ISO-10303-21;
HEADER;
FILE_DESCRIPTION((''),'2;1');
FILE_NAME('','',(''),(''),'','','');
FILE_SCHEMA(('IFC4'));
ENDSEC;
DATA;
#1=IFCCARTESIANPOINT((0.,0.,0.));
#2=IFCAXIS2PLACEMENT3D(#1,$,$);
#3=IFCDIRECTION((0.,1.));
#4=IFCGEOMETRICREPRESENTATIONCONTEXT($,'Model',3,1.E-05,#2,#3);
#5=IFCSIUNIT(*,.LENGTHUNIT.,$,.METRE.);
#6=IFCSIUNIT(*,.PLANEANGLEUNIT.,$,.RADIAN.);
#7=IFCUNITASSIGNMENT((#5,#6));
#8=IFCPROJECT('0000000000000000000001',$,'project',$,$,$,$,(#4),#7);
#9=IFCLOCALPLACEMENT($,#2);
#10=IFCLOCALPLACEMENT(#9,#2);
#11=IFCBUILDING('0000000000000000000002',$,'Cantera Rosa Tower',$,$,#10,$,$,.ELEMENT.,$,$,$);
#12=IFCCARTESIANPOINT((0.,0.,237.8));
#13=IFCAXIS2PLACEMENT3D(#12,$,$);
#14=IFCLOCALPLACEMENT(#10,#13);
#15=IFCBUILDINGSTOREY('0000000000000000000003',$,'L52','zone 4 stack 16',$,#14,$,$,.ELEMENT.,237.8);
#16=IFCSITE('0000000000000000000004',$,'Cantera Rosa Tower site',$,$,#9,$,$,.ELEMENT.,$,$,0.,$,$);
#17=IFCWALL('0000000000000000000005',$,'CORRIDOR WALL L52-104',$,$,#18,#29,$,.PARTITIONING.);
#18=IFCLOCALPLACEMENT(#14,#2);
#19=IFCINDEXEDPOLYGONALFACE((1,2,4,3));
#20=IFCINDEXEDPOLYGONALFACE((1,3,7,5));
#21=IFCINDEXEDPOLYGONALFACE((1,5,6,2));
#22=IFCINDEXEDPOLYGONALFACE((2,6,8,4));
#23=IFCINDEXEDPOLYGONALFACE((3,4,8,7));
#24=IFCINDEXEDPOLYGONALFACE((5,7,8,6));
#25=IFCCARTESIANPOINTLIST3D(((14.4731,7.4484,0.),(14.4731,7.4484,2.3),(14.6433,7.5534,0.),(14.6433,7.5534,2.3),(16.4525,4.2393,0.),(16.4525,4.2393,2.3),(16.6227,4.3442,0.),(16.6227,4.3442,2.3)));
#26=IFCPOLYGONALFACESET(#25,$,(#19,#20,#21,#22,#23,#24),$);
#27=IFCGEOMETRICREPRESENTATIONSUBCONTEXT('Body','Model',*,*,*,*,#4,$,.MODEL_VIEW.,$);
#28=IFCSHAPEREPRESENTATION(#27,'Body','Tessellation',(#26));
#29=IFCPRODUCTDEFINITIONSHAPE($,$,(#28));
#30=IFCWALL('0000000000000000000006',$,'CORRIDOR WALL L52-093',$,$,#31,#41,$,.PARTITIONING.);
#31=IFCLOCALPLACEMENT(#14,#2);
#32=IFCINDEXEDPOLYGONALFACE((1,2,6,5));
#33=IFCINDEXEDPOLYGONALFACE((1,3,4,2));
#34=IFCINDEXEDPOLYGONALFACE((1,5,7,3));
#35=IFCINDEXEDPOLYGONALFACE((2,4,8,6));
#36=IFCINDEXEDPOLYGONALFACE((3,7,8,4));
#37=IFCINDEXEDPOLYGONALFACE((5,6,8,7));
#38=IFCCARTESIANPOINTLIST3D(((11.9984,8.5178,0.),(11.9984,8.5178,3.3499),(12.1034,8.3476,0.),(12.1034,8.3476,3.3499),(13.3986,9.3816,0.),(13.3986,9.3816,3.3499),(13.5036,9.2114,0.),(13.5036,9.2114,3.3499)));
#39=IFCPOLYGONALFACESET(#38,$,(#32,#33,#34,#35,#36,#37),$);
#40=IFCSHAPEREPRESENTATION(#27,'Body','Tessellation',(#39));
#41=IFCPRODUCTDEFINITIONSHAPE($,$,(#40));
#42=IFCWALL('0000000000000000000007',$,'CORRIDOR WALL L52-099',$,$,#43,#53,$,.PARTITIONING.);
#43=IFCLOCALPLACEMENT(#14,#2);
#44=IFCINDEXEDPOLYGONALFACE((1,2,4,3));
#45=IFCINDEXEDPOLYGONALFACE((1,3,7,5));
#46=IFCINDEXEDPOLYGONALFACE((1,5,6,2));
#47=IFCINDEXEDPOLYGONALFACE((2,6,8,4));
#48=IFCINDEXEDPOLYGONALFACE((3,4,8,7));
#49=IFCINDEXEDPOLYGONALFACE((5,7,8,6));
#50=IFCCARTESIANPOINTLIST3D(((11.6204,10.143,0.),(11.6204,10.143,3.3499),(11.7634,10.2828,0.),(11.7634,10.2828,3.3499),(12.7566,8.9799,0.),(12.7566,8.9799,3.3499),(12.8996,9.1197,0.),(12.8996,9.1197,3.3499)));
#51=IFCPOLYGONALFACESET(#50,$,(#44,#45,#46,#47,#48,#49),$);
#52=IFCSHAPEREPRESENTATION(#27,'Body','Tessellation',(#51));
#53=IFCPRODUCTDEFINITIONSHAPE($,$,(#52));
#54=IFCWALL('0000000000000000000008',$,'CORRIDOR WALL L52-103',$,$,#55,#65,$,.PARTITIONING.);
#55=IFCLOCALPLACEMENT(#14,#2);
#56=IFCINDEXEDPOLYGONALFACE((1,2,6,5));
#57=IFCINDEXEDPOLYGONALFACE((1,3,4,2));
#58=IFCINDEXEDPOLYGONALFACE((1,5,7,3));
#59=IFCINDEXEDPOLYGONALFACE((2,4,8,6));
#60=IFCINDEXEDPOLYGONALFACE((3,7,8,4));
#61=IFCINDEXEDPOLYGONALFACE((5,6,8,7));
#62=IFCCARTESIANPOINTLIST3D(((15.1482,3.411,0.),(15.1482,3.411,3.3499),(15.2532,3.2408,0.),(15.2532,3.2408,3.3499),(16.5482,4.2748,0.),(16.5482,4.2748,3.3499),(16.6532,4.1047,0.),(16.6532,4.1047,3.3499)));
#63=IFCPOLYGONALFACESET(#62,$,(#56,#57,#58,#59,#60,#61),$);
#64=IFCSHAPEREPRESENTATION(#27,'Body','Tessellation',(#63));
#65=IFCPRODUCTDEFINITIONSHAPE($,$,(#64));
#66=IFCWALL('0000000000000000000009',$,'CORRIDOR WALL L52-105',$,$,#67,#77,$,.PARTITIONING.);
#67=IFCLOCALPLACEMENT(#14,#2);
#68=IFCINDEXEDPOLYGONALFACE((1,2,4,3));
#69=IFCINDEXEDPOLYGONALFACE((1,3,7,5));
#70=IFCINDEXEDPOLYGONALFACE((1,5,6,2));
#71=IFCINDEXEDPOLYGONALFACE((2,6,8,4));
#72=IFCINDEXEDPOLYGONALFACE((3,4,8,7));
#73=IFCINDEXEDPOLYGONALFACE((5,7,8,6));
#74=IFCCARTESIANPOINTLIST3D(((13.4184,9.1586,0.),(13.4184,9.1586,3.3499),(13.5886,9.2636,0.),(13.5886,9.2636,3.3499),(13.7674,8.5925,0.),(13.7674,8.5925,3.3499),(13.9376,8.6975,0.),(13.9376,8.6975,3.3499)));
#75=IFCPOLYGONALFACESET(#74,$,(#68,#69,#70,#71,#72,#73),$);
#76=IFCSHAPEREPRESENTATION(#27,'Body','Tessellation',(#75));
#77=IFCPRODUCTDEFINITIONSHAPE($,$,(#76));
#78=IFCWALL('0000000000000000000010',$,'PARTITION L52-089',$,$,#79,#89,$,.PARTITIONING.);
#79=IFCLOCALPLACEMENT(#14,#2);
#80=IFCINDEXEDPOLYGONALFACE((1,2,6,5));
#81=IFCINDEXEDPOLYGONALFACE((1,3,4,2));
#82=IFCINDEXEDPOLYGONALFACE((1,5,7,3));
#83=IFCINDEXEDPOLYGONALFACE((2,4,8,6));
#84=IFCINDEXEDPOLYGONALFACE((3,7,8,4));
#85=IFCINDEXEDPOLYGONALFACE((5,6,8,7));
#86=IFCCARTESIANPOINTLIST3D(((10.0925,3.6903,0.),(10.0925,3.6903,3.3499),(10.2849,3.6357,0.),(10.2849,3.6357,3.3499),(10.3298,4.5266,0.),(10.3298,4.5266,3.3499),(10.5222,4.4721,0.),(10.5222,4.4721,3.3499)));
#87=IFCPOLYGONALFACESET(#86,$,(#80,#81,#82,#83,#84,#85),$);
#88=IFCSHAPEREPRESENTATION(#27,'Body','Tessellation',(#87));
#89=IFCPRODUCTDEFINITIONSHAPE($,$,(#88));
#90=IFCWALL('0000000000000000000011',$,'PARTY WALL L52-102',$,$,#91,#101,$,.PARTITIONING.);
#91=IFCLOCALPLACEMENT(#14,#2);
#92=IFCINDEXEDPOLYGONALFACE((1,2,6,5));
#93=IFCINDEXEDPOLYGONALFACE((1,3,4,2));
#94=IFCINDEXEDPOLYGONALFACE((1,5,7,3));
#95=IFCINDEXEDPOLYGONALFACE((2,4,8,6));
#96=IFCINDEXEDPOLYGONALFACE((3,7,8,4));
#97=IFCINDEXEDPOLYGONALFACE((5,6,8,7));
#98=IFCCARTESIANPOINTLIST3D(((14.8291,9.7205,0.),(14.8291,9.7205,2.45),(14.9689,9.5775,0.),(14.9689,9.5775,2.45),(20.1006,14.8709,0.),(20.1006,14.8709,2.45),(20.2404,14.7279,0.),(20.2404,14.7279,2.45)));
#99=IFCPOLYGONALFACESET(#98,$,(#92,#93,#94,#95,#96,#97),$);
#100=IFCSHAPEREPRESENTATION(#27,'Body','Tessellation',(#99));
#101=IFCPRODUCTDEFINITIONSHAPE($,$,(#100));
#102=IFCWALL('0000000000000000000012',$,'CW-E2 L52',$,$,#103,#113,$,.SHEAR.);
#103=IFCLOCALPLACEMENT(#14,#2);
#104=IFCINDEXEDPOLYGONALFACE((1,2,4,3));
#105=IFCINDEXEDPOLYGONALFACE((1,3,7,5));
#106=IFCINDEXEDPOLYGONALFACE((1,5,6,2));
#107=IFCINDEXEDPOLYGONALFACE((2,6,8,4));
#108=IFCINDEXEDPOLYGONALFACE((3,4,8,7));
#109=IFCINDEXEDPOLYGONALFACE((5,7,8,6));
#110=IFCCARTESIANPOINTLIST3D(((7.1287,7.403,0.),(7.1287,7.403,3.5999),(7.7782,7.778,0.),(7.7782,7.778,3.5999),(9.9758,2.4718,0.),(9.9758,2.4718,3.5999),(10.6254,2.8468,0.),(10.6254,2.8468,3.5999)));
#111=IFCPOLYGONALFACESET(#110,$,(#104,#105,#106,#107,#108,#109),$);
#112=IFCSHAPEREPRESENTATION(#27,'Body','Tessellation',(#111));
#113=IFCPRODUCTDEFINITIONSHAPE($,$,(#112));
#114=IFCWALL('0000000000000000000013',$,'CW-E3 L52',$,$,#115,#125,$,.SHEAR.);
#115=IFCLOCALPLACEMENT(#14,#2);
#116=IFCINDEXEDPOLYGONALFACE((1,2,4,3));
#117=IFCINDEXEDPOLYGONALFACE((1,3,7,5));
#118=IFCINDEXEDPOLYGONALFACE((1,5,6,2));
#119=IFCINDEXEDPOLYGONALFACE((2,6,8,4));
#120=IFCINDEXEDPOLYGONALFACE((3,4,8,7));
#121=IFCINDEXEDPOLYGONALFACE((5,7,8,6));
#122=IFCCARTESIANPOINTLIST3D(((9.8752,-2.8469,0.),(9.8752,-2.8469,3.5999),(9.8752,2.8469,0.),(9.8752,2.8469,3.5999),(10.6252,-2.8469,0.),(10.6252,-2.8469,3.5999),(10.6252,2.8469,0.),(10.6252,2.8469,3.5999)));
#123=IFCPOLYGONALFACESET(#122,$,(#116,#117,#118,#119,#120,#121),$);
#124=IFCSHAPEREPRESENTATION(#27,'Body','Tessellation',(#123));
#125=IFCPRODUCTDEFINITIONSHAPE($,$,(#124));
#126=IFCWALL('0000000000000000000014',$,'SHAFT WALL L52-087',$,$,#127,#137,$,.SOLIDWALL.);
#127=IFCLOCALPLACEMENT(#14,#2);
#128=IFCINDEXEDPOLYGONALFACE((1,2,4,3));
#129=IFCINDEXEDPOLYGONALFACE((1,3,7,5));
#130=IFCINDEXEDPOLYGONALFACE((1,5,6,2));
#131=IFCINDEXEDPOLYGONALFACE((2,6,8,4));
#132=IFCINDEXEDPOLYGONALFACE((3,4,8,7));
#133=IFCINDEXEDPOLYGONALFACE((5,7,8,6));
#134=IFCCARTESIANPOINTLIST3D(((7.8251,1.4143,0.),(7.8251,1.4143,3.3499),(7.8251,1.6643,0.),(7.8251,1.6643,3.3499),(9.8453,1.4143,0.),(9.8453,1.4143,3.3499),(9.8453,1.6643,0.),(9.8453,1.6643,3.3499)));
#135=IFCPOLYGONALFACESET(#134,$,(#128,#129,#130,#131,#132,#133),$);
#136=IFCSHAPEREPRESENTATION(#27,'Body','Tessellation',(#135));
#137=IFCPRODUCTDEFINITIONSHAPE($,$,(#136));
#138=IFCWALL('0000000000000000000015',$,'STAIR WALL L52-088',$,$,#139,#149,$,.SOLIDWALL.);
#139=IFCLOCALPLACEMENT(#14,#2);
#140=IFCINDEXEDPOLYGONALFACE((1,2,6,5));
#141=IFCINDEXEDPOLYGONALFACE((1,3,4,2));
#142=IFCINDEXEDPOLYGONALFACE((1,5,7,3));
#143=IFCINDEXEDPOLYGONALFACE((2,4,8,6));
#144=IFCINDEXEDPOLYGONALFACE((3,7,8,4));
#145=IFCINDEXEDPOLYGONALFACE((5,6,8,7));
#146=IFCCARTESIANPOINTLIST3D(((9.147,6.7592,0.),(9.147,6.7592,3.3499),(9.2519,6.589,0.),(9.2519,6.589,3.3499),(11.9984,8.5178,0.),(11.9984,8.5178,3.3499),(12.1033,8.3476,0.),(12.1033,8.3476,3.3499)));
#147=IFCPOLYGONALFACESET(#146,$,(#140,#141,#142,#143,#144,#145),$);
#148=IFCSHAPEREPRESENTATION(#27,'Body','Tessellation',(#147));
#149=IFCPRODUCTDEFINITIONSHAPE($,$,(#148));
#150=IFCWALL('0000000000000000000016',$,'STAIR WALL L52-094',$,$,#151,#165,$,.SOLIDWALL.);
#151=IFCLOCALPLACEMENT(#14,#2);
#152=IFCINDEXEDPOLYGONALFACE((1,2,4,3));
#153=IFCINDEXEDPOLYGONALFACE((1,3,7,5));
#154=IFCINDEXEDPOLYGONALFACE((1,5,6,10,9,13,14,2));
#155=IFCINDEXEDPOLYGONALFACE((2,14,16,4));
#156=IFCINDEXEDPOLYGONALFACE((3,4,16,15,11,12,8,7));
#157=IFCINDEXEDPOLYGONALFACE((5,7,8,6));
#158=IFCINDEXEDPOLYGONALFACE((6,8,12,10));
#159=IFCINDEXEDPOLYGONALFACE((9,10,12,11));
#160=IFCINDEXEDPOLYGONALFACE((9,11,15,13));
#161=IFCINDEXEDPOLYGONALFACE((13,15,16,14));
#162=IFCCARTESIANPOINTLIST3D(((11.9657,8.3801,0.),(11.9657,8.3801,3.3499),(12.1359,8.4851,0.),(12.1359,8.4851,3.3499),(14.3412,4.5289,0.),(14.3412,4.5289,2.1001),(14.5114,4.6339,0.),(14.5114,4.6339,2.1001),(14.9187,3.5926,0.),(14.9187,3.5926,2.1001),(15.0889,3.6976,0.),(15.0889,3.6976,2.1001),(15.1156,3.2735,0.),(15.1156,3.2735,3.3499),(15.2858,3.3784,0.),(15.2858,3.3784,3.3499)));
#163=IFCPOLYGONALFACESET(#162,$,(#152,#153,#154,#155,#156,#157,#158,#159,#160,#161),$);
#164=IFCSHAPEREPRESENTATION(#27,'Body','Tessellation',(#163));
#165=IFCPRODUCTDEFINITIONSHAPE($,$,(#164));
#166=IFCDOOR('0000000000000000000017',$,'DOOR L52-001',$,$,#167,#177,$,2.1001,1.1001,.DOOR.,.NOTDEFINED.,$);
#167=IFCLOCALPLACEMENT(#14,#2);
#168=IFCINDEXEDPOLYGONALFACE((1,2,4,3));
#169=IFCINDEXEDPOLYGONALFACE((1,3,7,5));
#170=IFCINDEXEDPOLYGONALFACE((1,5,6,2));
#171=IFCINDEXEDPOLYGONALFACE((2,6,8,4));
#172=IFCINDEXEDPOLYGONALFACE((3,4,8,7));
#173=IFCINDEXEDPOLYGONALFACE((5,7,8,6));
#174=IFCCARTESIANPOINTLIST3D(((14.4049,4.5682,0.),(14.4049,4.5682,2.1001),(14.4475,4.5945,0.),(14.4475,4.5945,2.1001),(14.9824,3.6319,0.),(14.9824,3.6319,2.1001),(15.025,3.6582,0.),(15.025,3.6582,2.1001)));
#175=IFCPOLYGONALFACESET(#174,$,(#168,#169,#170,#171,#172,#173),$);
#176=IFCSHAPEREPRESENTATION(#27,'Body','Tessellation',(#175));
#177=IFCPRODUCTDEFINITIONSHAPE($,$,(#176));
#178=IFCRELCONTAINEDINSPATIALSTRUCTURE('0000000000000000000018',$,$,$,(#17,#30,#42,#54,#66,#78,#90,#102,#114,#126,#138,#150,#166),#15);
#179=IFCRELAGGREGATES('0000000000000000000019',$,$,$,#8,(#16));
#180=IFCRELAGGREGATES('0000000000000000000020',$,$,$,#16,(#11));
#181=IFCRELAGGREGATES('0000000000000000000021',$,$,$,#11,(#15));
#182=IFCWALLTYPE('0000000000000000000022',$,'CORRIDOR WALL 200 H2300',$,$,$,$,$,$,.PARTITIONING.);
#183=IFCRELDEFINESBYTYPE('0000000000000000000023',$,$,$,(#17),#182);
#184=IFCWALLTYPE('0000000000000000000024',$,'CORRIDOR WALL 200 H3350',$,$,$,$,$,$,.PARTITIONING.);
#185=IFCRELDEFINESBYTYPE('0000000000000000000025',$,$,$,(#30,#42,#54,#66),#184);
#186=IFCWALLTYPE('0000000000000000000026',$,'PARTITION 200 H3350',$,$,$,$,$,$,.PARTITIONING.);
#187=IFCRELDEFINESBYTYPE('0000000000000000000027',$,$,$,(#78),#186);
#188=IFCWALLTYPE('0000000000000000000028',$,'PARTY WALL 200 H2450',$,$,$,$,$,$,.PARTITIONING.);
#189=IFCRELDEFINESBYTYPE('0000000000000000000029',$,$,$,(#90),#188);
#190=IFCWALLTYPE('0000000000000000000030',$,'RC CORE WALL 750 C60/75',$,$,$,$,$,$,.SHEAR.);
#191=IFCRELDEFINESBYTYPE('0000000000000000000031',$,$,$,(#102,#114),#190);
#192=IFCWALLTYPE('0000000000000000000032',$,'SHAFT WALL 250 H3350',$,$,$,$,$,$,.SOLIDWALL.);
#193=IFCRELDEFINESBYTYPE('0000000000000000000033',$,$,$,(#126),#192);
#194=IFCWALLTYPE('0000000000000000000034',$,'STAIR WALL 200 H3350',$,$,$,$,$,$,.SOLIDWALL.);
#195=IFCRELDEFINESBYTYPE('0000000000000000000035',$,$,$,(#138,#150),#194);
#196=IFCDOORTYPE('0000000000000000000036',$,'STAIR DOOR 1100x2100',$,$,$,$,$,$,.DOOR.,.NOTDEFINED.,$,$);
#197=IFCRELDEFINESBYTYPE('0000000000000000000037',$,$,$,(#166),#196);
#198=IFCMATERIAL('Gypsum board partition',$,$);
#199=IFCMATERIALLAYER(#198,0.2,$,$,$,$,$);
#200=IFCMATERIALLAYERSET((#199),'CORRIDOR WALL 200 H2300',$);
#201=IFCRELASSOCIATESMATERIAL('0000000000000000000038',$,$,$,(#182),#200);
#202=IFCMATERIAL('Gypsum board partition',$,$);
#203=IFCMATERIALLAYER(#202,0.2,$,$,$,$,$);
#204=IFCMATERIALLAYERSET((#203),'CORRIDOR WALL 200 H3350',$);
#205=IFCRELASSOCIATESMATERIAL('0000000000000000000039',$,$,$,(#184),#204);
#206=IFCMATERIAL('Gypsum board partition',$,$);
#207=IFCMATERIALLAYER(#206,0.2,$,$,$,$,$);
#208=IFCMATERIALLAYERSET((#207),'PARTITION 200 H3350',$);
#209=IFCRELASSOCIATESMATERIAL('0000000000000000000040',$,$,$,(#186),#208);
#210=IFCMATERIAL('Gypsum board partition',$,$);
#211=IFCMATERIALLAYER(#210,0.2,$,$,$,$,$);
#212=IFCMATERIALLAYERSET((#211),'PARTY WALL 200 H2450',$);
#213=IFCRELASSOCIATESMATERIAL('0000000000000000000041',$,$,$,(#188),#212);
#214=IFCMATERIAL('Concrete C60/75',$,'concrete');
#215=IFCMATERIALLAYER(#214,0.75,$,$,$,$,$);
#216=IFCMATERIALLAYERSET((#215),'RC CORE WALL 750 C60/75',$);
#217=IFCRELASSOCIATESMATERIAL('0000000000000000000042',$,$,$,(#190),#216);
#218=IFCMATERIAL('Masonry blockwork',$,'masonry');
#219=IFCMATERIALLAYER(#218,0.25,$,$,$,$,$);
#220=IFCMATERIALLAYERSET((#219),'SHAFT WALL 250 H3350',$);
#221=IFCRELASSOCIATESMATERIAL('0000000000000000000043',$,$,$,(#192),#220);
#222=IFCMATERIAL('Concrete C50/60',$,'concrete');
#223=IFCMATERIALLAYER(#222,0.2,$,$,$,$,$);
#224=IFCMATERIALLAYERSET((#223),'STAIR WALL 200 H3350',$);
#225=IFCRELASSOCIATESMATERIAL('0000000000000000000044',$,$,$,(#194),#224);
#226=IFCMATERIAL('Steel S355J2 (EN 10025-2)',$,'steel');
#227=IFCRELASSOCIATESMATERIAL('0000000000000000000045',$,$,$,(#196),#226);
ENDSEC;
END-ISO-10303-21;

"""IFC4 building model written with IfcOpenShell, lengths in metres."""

from ifc_helpers import new_model, si_unit, direction, frame, frame_2d, origin, place, context, subcontext, project, spatial, rectangle, extrude, material, layer, layer_set, type_object, element, fill, save


model = new_model("IFC4")

# Units and contexts
model_context = context("Model", 3, precision=1e-05, world=origin(), true_north=direction((0.0, 1.0)))
body_context = subcontext(model_context, "Body", "Model", "MODEL_VIEW")
ifc_project = project(units=[si_unit("LENGTHUNIT", "METRE"), si_unit("PLANEANGLEUNIT", "RADIAN")], contexts=[model_context])

# Site, building, storey
site_placement = place(None, origin())
site = spatial("IfcSite", under=ifc_project, at=site_placement, Name="Cantera Rosa Tower site", CompositionType="ELEMENT", RefElevation=0.0)
building_placement = place(site_placement, origin())
building = spatial("IfcBuilding", under=site, at=building_placement, Name="Cantera Rosa Tower", CompositionType="ELEMENT")
storey_placement = place(building_placement, frame((0.0, 0.0, 237.8)))
storey = spatial("IfcBuildingStorey", under=building, at=storey_placement, Name="L52", Description="zone 4 stack 16", CompositionType="ELEMENT", Elevation=237.8)

# Walls
ifc_material_1 = material(Name="Gypsum board partition")
ifc_layer_1 = layer(ifc_material_1, 0.2)
ifc_layer_set_1 = layer_set([ifc_layer_1], Name="CORRIDOR WALL 200 H2300")
wall_type_1 = type_object("IfcWallType", Name="CORRIDOR WALL 200 H2300", PredefinedType="PARTITIONING", material=ifc_layer_set_1)
wall_1_placement = place(storey_placement, frame((16.5376, 4.2917, 0.0), z_axis=(0.0, 0.0, 1.0), x_axis=(-0.524979, 0.851115, 0.0)))
element("IfcWall", 1, at=wall_1_placement, inside=storey, type_object=wall_type_1, Name="CORRIDOR WALL L52-104", PredefinedType="PARTITIONING", context=body_context, shape_type="SweptSolid", body=[
    extrude(rectangle(XDim=3.7705, YDim=0.2, at=frame_2d((1.8853, 0.0))), origin(), (0.0, 0.0, 1.0), 2.3),
])
ifc_material_2 = material(Name="Gypsum board partition")
ifc_layer_2 = layer(ifc_material_2, 0.2)
ifc_layer_set_2 = layer_set([ifc_layer_2], Name="CORRIDOR WALL 200 H3350")
wall_type_2 = type_object("IfcWallType", Name="CORRIDOR WALL 200 H3350", PredefinedType="PARTITIONING", material=ifc_layer_set_2)
wall_2_placement = place(storey_placement, frame((12.0508, 8.4326, 0.0), z_axis=(0.0, 0.0, 1.0), x_axis=(0.851077, 0.525041, 0.0)))
element("IfcWall", 2, at=wall_2_placement, inside=storey, type_object=wall_type_2, Name="CORRIDOR WALL L52-093", PredefinedType="PARTITIONING", context=body_context, shape_type="SweptSolid", body=[
    extrude(rectangle(XDim=1.6453, YDim=0.2, at=frame_2d((0.8228, 0.0))), origin(), (0.0, 0.0, 1.0), 3.3499),
])
wall_3_placement = place(storey_placement, frame((12.8281, 9.0498, 0.0), z_axis=(0.0, 0.0, 1.0), x_axis=(-0.6988, 0.715317, 0.0)))
element("IfcWall", 3, at=wall_3_placement, inside=storey, type_object=wall_type_2, Name="CORRIDOR WALL L52-099", PredefinedType="PARTITIONING", context=body_context, shape_type="SweptSolid", body=[
    extrude(rectangle(XDim=1.626, YDim=0.2, at=frame_2d((0.813, 0.0))), origin(), (0.0, 0.0, 1.0), 3.3499),
])
wall_4_placement = place(storey_placement, frame((15.2007, 3.3259, 0.0), z_axis=(0.0, 0.0, 1.0), x_axis=(0.851036, 0.525107, 0.0)))
element("IfcWall", 4, at=wall_4_placement, inside=storey, type_object=wall_type_2, Name="CORRIDOR WALL L52-103", PredefinedType="PARTITIONING", context=body_context, shape_type="SweptSolid", body=[
    extrude(rectangle(XDim=1.645, YDim=0.2, at=frame_2d((0.8225, 0.0))), origin(), (0.0, 0.0, 1.0), 3.3499),
])
wall_5_placement = place(storey_placement, frame((13.8525, 8.645, 0.0), z_axis=(0.0, 0.0, 1.0), x_axis=(-0.524875, 0.851179, 0.0)))
element("IfcWall", 5, at=wall_5_placement, inside=storey, type_object=wall_type_2, Name="CORRIDOR WALL L52-105", PredefinedType="PARTITIONING", context=body_context, shape_type="SweptSolid", body=[
    extrude(rectangle(XDim=0.665, YDim=0.2, at=frame_2d((0.3325, 0.0))), origin(), (0.0, 0.0, 1.0), 3.3499),
])
ifc_material_3 = material(Name="Gypsum board partition")
ifc_layer_3 = layer(ifc_material_3, 0.2)
ifc_layer_set_3 = layer_set([ifc_layer_3], Name="PARTITION 200 H3350")
wall_type_3 = type_object("IfcWallType", Name="PARTITION 200 H3350", PredefinedType="PARTITIONING", material=ifc_layer_set_3)
wall_6_placement = place(storey_placement, frame((10.1887, 3.6631, 0.0), z_axis=(0.0, 0.0, 1.0), x_axis=(0.27294, 0.962031, 0.0)))
element("IfcWall", 6, at=wall_6_placement, inside=storey, type_object=wall_type_3, Name="PARTITION L52-089", PredefinedType="PARTITIONING", context=body_context, shape_type="SweptSolid", body=[
    extrude(rectangle(XDim=0.8694, YDim=0.2, at=frame_2d((0.4346, 0.0))), origin(), (0.0, 0.0, 1.0), 3.3499),
])
ifc_material_4 = material(Name="Gypsum board partition")
ifc_layer_4 = layer(ifc_material_4, 0.2)
ifc_layer_set_4 = layer_set([ifc_layer_4], Name="PARTY WALL 200 H2450")
wall_type_4 = type_object("IfcWallType", Name="PARTY WALL 200 H2450", PredefinedType="PARTITIONING", material=ifc_layer_set_4)
wall_7_placement = place(storey_placement, frame((14.8989, 9.6489, 0.0), z_axis=(0.0, 0.0, 1.0), x_axis=(0.715275, 0.698844, 0.0)))
element("IfcWall", 7, at=wall_7_placement, inside=storey, type_object=wall_type_4, Name="PARTY WALL L52-102", PredefinedType="PARTITIONING", context=body_context, shape_type="SweptSolid", body=[
    extrude(rectangle(XDim=7.3699, YDim=0.2, at=frame_2d((3.6851, 0.0))), origin(), (0.0, 0.0, 1.0), 2.45),
])
ifc_material_5 = material(Name="Concrete C60/75", Category="concrete")
ifc_layer_5 = layer(ifc_material_5, 0.75)
ifc_layer_set_5 = layer_set([ifc_layer_5], Name="RC CORE WALL 750 C60/75")
wall_type_5 = type_object("IfcWallType", Name="RC CORE WALL 750 C60/75", PredefinedType="SHEAR", material=ifc_layer_set_5)
wall_8_placement = place(storey_placement, frame((7.4534, 7.5906, 0.0), z_axis=(0.0, 0.0, 1.0), x_axis=(0.500022, -0.866013, 0.0)))
element("IfcWall", 8, at=wall_8_placement, inside=storey, type_object=wall_type_5, Name="CW-E2 L52", PredefinedType="SHEAR", context=body_context, shape_type="SweptSolid", body=[
    extrude(rectangle(XDim=5.6941, YDim=0.75, at=frame_2d((2.8472, 0.0))), origin(), (0.0, 0.0, 1.0), 3.5999),
])
wall_9_placement = place(storey_placement, frame((10.2502, 2.8469, 0.0), z_axis=(0.0, 0.0, 1.0), x_axis=(0.0, -1.0, 0.0)))
element("IfcWall", 9, at=wall_9_placement, inside=storey, type_object=wall_type_5, Name="CW-E3 L52", PredefinedType="SHEAR", context=body_context, shape_type="SweptSolid", body=[
    extrude(rectangle(XDim=5.6938, YDim=0.75, at=frame_2d((2.8469, 0.0))), origin(), (0.0, 0.0, 1.0), 3.5999),
])
ifc_material_6 = material(Name="Masonry blockwork", Category="masonry")
ifc_layer_6 = layer(ifc_material_6, 0.25)
ifc_layer_set_6 = layer_set([ifc_layer_6], Name="SHAFT WALL 250 H3350")
wall_type_6 = type_object("IfcWallType", Name="SHAFT WALL 250 H3350", PredefinedType="SOLIDWALL", material=ifc_layer_set_6)
wall_10_placement = place(storey_placement, frame((7.825, 1.5393, 0.0), z_axis=(0.0, 0.0, 1.0), x_axis=(1.0, 0.0, 0.0)))
element("IfcWall", 10, at=wall_10_placement, inside=storey, type_object=wall_type_6, Name="SHAFT WALL L52-087", PredefinedType="SOLIDWALL", context=body_context, shape_type="SweptSolid", body=[
    extrude(rectangle(XDim=2.0203, YDim=0.25, at=frame_2d((1.0103, 0.0))), origin(), (0.0, 0.0, 1.0), 3.3499),
])
ifc_material_7 = material(Name="Concrete C50/60", Category="concrete")
ifc_layer_7 = layer(ifc_material_7, 0.2)
ifc_layer_set_7 = layer_set([ifc_layer_7], Name="STAIR WALL 200 H3350")
wall_type_7 = type_object("IfcWallType", Name="STAIR WALL 200 H3350", PredefinedType="SOLIDWALL", material=ifc_layer_set_7)
wall_11_placement = place(storey_placement, frame((9.1995, 6.6741, 0.0), z_axis=(0.0, 0.0, 1.0), x_axis=(0.85114, 0.524939, 0.0)))
element("IfcWall", 11, at=wall_11_placement, inside=storey, type_object=wall_type_7, Name="STAIR WALL L52-088", PredefinedType="SOLIDWALL", context=body_context, shape_type="SweptSolid", body=[
    extrude(rectangle(XDim=3.3501, YDim=0.2, at=frame_2d((1.675, 0.0))), origin(), (0.0, 0.0, 1.0), 3.3499),
])

# Wall, opening, door
wall_12_placement = place(storey_placement, frame((12.0508, 8.4326, 0.0), z_axis=(0.0, 0.0, 1.0), x_axis=(0.524983, -0.851113, 0.0)))
wall_12 = element("IfcWall", 12, at=wall_12_placement, inside=storey, type_object=wall_type_7, Name="STAIR WALL L52-094", PredefinedType="SOLIDWALL", context=body_context, shape_type="SweptSolid", body=[
    extrude(rectangle(XDim=6.0, YDim=0.2, at=frame_2d((3.0, 0.0))), origin(), (0.0, 0.0, 1.0), 3.3499),
])
opening_placement = place(wall_12_placement, frame((4.5249, 0.0, 0.0)))
opening = element("IfcOpeningElement", 13, at=opening_placement, cuts=wall_12, PredefinedType="OPENING", context=body_context, shape_type="SweptSolid", body=[
    extrude(rectangle(XDim=1.1001, YDim=2.1001, at=frame_2d((0.55, 1.05))), frame((0.0, 0.1099, 0.0), z_axis=(0.0, -1.0, 0.0), x_axis=(1.0, 0.0, 0.0)), (0.0, 0.0, 1.0), 0.22),
])
ifc_material_8 = material(Name="Steel S355J2 (EN 10025-2)", Category="steel")
door_type = type_object("IfcDoorType", Name="STAIR DOOR 1100x2100", OperationType="NOTDEFINED", PredefinedType="DOOR", material=ifc_material_8)
door_placement = place(opening_placement, origin())
door = element("IfcDoor", 14, at=door_placement, inside=storey, type_object=door_type, Name="DOOR L52-001", OperationType="NOTDEFINED", OverallHeight=2.1001, OverallWidth=1.1001, PredefinedType="DOOR", context=body_context, shape_type="SweptSolid", body=[
    extrude(rectangle(XDim=1.1001, YDim=2.1001, at=frame_2d((0.55, 1.05))), frame((0.0, 0.0249, 0.0), z_axis=(0.0, -1.0, 0.0), x_axis=(1.0, 0.0, 0.0)), (0.0, 0.0, 1.0), 0.05),
])
fill(opening, door)

save(model, "model.ifc")
